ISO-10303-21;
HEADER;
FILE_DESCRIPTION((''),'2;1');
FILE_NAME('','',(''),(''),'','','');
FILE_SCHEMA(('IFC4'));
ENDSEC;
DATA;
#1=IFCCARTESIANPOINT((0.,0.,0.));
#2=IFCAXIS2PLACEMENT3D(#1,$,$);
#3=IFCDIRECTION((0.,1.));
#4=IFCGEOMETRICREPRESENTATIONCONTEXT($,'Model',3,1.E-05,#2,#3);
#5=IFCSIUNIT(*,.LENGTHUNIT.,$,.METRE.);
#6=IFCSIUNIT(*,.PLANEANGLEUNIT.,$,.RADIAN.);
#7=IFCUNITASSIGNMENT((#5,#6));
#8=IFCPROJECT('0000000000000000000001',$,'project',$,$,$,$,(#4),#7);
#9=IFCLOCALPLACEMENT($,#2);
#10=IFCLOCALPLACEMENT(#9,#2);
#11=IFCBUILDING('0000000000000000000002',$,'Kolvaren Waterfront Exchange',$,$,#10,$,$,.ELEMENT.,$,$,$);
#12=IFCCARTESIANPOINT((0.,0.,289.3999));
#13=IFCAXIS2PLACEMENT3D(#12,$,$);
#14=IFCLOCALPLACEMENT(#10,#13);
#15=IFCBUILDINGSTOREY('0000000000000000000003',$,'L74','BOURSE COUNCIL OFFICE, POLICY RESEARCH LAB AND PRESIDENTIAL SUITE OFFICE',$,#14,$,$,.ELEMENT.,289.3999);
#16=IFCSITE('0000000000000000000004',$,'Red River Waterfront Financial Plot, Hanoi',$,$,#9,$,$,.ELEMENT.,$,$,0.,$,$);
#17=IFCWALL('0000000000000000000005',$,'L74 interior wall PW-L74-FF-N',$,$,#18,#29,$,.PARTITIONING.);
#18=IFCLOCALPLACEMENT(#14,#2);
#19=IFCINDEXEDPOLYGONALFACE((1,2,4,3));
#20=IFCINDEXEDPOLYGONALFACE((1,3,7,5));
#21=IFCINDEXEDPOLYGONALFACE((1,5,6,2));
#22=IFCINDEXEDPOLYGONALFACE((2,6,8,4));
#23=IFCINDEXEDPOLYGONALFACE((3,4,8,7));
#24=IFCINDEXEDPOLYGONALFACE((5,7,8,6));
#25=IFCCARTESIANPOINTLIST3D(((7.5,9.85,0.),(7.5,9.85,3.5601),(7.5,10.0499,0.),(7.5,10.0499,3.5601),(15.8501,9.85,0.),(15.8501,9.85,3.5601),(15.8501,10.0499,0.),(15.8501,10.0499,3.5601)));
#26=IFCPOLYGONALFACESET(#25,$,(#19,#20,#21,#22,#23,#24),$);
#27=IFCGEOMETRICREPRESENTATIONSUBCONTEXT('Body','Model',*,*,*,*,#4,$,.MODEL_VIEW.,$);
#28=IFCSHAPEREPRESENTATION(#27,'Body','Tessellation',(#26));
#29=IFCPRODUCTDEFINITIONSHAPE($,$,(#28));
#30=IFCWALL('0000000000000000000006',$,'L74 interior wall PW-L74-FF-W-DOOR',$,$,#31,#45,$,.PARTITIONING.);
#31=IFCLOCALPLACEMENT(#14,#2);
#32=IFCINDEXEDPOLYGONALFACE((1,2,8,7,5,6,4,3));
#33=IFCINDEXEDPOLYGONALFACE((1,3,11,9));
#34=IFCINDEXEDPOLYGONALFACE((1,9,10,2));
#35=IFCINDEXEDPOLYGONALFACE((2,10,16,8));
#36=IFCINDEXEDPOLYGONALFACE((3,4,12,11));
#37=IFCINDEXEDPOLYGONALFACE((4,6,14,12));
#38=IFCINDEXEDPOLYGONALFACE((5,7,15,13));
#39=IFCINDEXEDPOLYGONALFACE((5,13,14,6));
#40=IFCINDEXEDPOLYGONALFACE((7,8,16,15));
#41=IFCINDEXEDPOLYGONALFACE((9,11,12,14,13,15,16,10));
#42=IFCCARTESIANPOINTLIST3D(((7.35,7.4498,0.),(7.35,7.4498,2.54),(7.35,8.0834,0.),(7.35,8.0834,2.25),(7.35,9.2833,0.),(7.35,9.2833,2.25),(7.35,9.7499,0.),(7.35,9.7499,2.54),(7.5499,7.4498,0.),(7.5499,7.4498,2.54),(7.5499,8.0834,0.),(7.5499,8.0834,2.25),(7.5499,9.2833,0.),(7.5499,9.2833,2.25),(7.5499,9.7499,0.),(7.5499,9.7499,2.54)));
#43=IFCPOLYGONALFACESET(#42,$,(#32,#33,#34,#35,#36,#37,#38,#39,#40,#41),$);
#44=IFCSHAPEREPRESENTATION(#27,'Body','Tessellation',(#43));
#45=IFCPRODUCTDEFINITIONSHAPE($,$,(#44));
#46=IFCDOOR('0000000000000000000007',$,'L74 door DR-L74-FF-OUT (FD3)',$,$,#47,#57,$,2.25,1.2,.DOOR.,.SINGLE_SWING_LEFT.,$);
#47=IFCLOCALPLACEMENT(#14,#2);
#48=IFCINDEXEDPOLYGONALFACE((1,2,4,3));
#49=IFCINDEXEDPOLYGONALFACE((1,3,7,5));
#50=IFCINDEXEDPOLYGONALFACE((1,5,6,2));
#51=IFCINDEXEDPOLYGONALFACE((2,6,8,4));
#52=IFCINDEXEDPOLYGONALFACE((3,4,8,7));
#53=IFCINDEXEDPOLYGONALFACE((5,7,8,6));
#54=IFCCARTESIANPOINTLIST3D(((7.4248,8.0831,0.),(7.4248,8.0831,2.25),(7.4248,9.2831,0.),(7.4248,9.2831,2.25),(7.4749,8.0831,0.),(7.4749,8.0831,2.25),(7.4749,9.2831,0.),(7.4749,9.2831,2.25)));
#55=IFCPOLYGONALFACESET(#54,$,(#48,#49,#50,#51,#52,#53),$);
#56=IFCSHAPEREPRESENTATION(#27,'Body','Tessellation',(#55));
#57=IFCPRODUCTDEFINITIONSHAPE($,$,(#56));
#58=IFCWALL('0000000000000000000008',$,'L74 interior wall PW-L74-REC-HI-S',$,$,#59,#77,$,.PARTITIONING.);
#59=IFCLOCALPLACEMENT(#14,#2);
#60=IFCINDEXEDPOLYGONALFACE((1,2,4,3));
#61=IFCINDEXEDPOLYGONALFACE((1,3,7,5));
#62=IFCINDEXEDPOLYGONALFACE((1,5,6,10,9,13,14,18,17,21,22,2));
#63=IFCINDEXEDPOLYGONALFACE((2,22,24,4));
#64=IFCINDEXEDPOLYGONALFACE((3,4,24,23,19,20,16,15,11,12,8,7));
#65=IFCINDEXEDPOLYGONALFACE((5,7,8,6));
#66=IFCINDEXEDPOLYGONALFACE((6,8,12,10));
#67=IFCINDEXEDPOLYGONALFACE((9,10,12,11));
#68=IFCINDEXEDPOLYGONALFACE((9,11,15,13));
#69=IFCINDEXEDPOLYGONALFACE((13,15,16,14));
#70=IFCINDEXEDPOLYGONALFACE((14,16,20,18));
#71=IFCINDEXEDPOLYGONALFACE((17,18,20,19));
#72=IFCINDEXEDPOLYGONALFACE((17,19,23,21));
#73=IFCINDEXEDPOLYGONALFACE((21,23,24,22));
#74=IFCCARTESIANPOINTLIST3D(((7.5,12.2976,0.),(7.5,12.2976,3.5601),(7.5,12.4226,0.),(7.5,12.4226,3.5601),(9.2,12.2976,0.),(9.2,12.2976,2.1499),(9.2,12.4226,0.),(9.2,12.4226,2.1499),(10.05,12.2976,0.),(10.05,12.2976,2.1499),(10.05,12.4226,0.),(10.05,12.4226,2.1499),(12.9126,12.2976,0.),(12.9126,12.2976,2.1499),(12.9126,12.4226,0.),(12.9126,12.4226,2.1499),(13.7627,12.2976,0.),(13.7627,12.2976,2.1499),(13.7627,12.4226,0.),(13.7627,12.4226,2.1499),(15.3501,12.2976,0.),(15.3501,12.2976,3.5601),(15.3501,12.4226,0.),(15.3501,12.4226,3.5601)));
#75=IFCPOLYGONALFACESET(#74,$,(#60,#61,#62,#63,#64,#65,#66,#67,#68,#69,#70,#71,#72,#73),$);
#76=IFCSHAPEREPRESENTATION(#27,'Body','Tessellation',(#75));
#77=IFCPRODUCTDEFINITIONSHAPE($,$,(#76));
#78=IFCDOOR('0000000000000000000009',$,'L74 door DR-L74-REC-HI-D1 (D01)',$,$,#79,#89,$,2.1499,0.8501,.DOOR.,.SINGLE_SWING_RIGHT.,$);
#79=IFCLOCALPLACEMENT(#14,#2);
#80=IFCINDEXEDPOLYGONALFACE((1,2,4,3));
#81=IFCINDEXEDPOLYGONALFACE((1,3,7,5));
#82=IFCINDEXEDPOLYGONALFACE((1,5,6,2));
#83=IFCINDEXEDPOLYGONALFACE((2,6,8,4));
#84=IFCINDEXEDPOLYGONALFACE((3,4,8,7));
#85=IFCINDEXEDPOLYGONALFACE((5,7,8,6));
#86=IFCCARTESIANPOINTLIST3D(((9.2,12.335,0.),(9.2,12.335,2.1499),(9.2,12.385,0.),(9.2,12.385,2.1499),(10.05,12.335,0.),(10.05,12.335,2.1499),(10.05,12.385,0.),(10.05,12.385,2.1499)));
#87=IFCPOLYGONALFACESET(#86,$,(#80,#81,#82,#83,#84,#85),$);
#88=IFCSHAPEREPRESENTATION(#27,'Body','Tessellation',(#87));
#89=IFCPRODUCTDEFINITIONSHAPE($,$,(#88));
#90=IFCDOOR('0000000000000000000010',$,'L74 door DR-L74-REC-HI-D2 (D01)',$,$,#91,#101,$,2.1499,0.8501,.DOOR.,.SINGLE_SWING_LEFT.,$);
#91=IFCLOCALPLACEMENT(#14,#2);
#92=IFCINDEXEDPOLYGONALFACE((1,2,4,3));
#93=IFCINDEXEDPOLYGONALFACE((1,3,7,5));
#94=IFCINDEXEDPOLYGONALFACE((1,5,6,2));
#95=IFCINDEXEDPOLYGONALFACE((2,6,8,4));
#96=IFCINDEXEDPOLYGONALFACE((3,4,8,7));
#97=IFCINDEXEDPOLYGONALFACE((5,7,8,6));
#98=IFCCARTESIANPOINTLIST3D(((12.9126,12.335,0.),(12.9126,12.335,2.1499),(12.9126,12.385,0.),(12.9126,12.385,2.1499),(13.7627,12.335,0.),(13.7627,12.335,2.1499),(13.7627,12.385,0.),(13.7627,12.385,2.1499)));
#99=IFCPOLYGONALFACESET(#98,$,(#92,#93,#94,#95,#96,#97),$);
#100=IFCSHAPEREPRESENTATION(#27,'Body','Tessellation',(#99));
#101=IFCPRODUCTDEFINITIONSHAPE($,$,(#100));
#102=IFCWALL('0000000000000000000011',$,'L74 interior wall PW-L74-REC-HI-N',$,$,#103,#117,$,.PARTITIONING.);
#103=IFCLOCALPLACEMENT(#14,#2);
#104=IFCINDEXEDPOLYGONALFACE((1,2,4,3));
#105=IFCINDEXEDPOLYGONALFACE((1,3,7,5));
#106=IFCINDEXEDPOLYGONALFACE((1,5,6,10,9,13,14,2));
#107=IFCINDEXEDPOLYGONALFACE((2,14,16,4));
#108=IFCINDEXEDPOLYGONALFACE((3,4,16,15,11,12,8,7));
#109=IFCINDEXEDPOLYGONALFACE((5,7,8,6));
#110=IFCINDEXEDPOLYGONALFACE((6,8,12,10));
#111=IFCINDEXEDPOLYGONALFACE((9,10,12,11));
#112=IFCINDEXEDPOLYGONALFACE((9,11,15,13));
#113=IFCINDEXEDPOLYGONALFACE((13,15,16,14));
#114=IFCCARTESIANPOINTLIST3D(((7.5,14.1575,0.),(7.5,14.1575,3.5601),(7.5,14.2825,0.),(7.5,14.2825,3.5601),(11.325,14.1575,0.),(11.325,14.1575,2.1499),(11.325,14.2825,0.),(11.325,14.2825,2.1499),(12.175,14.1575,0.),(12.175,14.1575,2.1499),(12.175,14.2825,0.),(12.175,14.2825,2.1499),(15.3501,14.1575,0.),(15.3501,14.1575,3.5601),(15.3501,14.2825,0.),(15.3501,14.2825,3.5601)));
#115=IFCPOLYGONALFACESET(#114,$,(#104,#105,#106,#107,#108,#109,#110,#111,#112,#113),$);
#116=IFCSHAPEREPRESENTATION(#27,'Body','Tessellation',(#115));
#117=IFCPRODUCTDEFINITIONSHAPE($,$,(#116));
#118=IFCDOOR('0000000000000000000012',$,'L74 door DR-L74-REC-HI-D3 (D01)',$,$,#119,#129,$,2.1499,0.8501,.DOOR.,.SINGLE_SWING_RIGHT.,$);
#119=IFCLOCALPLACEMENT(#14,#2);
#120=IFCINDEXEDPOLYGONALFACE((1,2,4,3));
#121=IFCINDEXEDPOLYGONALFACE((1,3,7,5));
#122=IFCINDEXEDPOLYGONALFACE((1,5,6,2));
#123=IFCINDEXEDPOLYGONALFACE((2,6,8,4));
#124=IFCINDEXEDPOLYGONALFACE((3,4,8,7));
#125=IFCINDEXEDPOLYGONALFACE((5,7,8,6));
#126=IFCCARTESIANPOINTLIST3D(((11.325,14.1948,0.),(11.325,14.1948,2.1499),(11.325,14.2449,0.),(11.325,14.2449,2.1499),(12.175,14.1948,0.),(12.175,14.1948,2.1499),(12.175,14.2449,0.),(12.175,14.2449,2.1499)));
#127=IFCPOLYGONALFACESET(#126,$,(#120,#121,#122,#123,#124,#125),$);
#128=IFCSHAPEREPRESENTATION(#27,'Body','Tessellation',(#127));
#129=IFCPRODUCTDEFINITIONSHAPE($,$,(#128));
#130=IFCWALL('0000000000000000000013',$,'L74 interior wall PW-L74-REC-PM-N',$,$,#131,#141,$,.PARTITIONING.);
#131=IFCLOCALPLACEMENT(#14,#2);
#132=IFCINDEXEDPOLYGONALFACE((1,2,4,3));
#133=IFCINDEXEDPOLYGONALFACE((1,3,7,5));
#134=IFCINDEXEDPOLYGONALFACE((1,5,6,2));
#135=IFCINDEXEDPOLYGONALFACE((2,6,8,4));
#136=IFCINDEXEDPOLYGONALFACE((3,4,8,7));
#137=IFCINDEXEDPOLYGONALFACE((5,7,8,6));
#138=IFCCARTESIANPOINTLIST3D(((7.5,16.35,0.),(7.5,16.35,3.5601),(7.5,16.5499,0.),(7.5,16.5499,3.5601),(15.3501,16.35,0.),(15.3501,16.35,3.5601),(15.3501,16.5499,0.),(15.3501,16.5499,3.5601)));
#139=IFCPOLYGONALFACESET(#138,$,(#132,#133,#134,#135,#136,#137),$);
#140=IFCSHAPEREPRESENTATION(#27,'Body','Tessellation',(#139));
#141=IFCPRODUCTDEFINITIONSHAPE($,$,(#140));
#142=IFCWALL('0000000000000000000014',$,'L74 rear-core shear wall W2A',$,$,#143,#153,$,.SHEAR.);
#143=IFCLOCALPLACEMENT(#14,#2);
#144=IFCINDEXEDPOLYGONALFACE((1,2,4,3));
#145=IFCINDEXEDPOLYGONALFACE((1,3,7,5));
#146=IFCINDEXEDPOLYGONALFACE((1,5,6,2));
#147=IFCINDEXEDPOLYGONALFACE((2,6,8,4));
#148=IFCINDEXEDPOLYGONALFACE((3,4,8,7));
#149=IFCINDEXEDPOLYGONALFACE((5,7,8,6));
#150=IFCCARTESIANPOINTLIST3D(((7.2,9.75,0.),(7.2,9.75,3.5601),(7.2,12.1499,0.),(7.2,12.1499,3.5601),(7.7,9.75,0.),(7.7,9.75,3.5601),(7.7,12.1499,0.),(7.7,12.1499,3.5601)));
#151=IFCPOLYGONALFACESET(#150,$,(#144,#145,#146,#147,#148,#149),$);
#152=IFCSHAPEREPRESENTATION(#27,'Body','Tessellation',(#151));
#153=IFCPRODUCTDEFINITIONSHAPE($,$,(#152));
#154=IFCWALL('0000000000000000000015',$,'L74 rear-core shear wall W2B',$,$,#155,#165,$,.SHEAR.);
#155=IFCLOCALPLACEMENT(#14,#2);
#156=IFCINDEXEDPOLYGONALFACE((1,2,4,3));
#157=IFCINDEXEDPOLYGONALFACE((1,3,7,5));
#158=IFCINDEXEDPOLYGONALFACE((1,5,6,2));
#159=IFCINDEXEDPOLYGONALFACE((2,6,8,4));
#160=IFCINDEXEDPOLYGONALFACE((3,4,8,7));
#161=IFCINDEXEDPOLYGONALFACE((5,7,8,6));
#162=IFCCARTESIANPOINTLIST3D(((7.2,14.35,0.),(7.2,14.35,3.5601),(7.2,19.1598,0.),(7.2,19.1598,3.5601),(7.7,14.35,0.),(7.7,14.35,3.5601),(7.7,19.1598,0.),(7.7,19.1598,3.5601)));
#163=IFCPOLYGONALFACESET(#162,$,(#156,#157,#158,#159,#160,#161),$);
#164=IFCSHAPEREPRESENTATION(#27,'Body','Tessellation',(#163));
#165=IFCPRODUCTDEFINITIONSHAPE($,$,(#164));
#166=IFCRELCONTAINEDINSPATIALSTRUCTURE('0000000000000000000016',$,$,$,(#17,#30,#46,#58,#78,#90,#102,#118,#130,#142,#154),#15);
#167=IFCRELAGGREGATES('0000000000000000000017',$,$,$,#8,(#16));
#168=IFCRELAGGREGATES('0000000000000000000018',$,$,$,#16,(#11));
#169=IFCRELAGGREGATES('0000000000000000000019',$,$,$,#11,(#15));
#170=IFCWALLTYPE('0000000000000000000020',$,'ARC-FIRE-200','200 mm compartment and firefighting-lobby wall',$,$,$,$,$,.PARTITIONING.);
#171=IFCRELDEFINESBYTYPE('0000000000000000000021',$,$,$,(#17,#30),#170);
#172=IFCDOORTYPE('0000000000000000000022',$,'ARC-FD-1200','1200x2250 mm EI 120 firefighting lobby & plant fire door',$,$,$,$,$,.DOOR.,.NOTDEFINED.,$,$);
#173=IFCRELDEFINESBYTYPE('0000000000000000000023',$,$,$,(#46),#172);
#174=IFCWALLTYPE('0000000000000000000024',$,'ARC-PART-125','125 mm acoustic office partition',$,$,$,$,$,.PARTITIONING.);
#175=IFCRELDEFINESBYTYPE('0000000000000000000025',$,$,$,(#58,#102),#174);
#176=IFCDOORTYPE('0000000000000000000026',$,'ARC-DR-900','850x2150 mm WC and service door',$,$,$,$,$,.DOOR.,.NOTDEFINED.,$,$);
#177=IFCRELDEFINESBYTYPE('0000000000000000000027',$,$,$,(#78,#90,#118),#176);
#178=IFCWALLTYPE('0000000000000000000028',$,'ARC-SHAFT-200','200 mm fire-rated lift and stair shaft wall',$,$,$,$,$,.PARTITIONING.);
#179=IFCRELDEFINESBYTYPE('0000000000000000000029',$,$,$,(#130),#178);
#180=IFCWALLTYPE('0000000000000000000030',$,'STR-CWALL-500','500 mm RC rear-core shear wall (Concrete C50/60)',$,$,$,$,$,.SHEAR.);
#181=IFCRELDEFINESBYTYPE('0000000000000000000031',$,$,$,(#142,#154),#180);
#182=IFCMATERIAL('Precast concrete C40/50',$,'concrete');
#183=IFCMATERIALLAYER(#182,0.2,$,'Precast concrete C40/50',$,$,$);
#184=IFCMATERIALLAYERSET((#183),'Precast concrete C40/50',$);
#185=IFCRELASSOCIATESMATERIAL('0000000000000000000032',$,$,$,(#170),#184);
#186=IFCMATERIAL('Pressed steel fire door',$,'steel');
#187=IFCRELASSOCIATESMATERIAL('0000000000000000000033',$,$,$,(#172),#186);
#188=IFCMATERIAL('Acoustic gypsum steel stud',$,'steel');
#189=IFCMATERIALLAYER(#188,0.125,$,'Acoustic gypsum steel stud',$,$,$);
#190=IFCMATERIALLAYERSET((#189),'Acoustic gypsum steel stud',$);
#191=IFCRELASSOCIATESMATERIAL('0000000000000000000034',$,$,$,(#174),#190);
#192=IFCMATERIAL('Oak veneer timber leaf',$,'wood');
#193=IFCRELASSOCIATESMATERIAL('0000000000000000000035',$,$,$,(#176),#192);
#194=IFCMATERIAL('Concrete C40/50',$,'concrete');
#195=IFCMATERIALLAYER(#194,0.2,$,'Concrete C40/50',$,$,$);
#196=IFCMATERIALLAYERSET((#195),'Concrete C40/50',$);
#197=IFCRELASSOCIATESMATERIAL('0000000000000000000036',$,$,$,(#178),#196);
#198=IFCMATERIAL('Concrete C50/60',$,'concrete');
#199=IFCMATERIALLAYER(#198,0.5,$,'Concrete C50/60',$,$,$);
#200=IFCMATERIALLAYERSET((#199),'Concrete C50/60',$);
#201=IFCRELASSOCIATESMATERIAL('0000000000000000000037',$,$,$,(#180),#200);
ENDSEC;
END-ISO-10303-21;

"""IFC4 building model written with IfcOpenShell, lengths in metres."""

from ifc_helpers import new_model, si_unit, direction, frame, frame_2d, origin, place, context, subcontext, project, spatial, rectangle, extrude, material, layer, layer_set, type_object, element, fill, save


model = new_model("IFC4")

# Units and contexts
model_context = context("Model", 3, precision=1e-05, world=origin(), true_north=direction((0.0, 1.0)))
body_context = subcontext(model_context, "Body", "Model", "MODEL_VIEW")
ifc_project = project(units=[si_unit("LENGTHUNIT", "METRE"), si_unit("PLANEANGLEUNIT", "RADIAN")], contexts=[model_context])

# Site, building, storey
site_placement = place(None, origin())
site = spatial("IfcSite", under=ifc_project, at=site_placement, Name="Red River Waterfront Financial Plot, Hanoi", CompositionType="ELEMENT", RefElevation=0.0)
building_placement = place(site_placement, origin())
building = spatial("IfcBuilding", under=site, at=building_placement, Name="Kolvaren Waterfront Exchange", CompositionType="ELEMENT")
storey_placement = place(building_placement, frame((0.0, 0.0, 289.3999)))
storey = spatial("IfcBuildingStorey", under=building, at=storey_placement, Name="L74", Description="BOURSE COUNCIL OFFICE, POLICY RESEARCH LAB AND PRESIDENTIAL SUITE OFFICE", CompositionType="ELEMENT", Elevation=289.3999)

# Wall
ifc_material_1 = material(Name="Precast concrete C40/50", Category="concrete")
ifc_layer_1 = layer(ifc_material_1, 0.2, Name="Precast concrete C40/50")
ifc_layer_set_1 = layer_set([ifc_layer_1], Name="Precast concrete C40/50")
wall_type_1 = type_object("IfcWallType", Name="ARC-FIRE-200", Description="200 mm compartment and firefighting-lobby wall", PredefinedType="PARTITIONING", material=ifc_layer_set_1)
wall_1_placement = place(storey_placement, frame((7.5, 9.95, 0.0), z_axis=(0.0, 0.0, 1.0), x_axis=(1.0, 0.0, 0.0)))
element("IfcWall", 1, at=wall_1_placement, inside=storey, type_object=wall_type_1, Name="L74 interior wall PW-L74-FF-N", PredefinedType="PARTITIONING", context=body_context, shape_type="SweptSolid", body=[
    extrude(rectangle(XDim=8.3501, YDim=0.2, at=frame_2d((4.175, 0.0))), origin(), (0.0, 0.0, 1.0), 3.5601),
])

# Wall, opening, door
wall_2_placement = place(storey_placement, frame((7.45, 7.45, 0.0), z_axis=(0.0, 0.0, 1.0), x_axis=(0.0, 1.0, 0.0)))
wall_2 = element("IfcWall", 2, at=wall_2_placement, inside=storey, type_object=wall_type_1, Name="L74 interior wall PW-L74-FF-W-DOOR", PredefinedType="PARTITIONING", context=body_context, shape_type="SweptSolid", body=[
    extrude(rectangle(XDim=2.3, YDim=0.2, at=frame_2d((1.1499, 0.0))), origin(), (0.0, 0.0, 1.0), 2.54),
])
opening_1_placement = place(wall_2_placement, frame((0.6333, 0.0, 0.0)))
opening_1 = element("IfcOpeningElement", 3, at=opening_1_placement, cuts=wall_2, PredefinedType="OPENING", context=body_context, shape_type="SweptSolid", body=[
    extrude(rectangle(XDim=1.2, YDim=2.25, at=frame_2d((0.6001, 1.125))), frame((0.0, 0.1099, 0.0), z_axis=(0.0, -1.0, 0.0), x_axis=(1.0, 0.0, 0.0)), (0.0, 0.0, 1.0), 0.22),
])
ifc_material_2 = material(Name="Pressed steel fire door", Category="steel")
door_type_1 = type_object("IfcDoorType", Name="ARC-FD-1200", Description="1200x2250 mm EI 120 firefighting lobby & plant fire door", OperationType="NOTDEFINED", PredefinedType="DOOR", material=ifc_material_2)
door_1_placement = place(opening_1_placement, frame((1.2, 0.0, 0.0), z_axis=(0.0, 0.0, 1.0), x_axis=(-1.0, 0.0, 0.0)))
door_1 = element("IfcDoor", 4, at=door_1_placement, inside=storey, type_object=door_type_1, Name="L74 door DR-L74-FF-OUT (FD3)", OperationType="SINGLE_SWING_LEFT", OverallHeight=2.25, OverallWidth=1.2, PredefinedType="DOOR", context=body_context, shape_type="SweptSolid", body=[
    extrude(rectangle(XDim=1.2, YDim=2.25, at=frame_2d((0.6001, 1.125))), frame((0.0, 0.0249, 0.0), z_axis=(0.0, -1.0, 0.0), x_axis=(1.0, 0.0, 0.0)), (0.0, 0.0, 1.0), 0.05),
])
fill(opening_1, door_1)

# Wall, openings, doors
ifc_material_3 = material(Name="Acoustic gypsum steel stud", Category="steel")
ifc_layer_2 = layer(ifc_material_3, 0.125, Name="Acoustic gypsum steel stud")
ifc_layer_set_2 = layer_set([ifc_layer_2], Name="Acoustic gypsum steel stud")
wall_type_2 = type_object("IfcWallType", Name="ARC-PART-125", Description="125 mm acoustic office partition", PredefinedType="PARTITIONING", material=ifc_layer_set_2)
wall_3_placement = place(storey_placement, frame((7.5, 12.3601, 0.0), z_axis=(0.0, 0.0, 1.0), x_axis=(1.0, 0.0, 0.0)))
wall_3 = element("IfcWall", 5, at=wall_3_placement, inside=storey, type_object=wall_type_2, Name="L74 interior wall PW-L74-REC-HI-S", PredefinedType="PARTITIONING", context=body_context, shape_type="SweptSolid", body=[
    extrude(rectangle(XDim=7.8501, YDim=0.125, at=frame_2d((3.925, 0.0))), origin(), (0.0, 0.0, 1.0), 3.5601),
])
opening_2_placement = place(wall_3_placement, frame((1.7, 0.0, 0.0)))
opening_2 = element("IfcOpeningElement", 6, at=opening_2_placement, cuts=wall_3, PredefinedType="OPENING", context=body_context, shape_type="SweptSolid", body=[
    extrude(rectangle(XDim=0.8501, YDim=2.1499, at=frame_2d((0.425, 1.075))), frame((0.0, 0.0725, 0.0), z_axis=(0.0, -1.0, 0.0), x_axis=(1.0, 0.0, 0.0)), (0.0, 0.0, 1.0), 0.145),
])
opening_3_placement = place(wall_3_placement, frame((5.4126, 0.0, 0.0)))
opening_3 = element("IfcOpeningElement", 7, at=opening_3_placement, cuts=wall_3, PredefinedType="OPENING", context=body_context, shape_type="SweptSolid", body=[
    extrude(rectangle(XDim=0.8501, YDim=2.1499, at=frame_2d((0.425, 1.075))), frame((0.0, 0.0725, 0.0), z_axis=(0.0, -1.0, 0.0), x_axis=(1.0, 0.0, 0.0)), (0.0, 0.0, 1.0), 0.145),
])
ifc_material_4 = material(Name="Oak veneer timber leaf", Category="wood")
door_type_2 = type_object("IfcDoorType", Name="ARC-DR-900", Description="850x2150 mm WC and service door", OperationType="NOTDEFINED", PredefinedType="DOOR", material=ifc_material_4)
door_2_placement = place(opening_2_placement, origin())
door_2 = element("IfcDoor", 8, at=door_2_placement, inside=storey, type_object=door_type_2, Name="L74 door DR-L74-REC-HI-D1 (D01)", OperationType="SINGLE_SWING_RIGHT", OverallHeight=2.1499, OverallWidth=0.8501, PredefinedType="DOOR", context=body_context, shape_type="SweptSolid", body=[
    extrude(rectangle(XDim=0.8501, YDim=2.1499, at=frame_2d((0.425, 1.075))), frame((0.0, 0.0249, 0.0), z_axis=(0.0, -1.0, 0.0), x_axis=(1.0, 0.0, 0.0)), (0.0, 0.0, 1.0), 0.05),
])
fill(opening_2, door_2)
door_3_placement = place(opening_3_placement, origin())
door_3 = element("IfcDoor", 9, at=door_3_placement, inside=storey, type_object=door_type_2, Name="L74 door DR-L74-REC-HI-D2 (D01)", OperationType="SINGLE_SWING_LEFT", OverallHeight=2.1499, OverallWidth=0.8501, PredefinedType="DOOR", context=body_context, shape_type="SweptSolid", body=[
    extrude(rectangle(XDim=0.8501, YDim=2.1499, at=frame_2d((0.425, 1.075))), frame((0.0, 0.0249, 0.0), z_axis=(0.0, -1.0, 0.0), x_axis=(1.0, 0.0, 0.0)), (0.0, 0.0, 1.0), 0.05),
])
fill(opening_3, door_3)

# Wall, opening, door
wall_4_placement = place(storey_placement, frame((7.5, 14.22, 0.0), z_axis=(0.0, 0.0, 1.0), x_axis=(1.0, 0.0, 0.0)))
wall_4 = element("IfcWall", 10, at=wall_4_placement, inside=storey, type_object=wall_type_2, Name="L74 interior wall PW-L74-REC-HI-N", PredefinedType="PARTITIONING", context=body_context, shape_type="SweptSolid", body=[
    extrude(rectangle(XDim=7.8501, YDim=0.125, at=frame_2d((3.925, 0.0))), origin(), (0.0, 0.0, 1.0), 3.5601),
])
opening_4_placement = place(wall_4_placement, frame((3.825, 0.0, 0.0)))
opening_4 = element("IfcOpeningElement", 11, at=opening_4_placement, cuts=wall_4, PredefinedType="OPENING", context=body_context, shape_type="SweptSolid", body=[
    extrude(rectangle(XDim=0.8501, YDim=2.1499, at=frame_2d((0.425, 1.075))), frame((0.0, 0.0725, 0.0), z_axis=(0.0, -1.0, 0.0), x_axis=(1.0, 0.0, 0.0)), (0.0, 0.0, 1.0), 0.145),
])
door_4_placement = place(opening_4_placement, origin())
door_4 = element("IfcDoor", 12, at=door_4_placement, inside=storey, type_object=door_type_2, Name="L74 door DR-L74-REC-HI-D3 (D01)", OperationType="SINGLE_SWING_RIGHT", OverallHeight=2.1499, OverallWidth=0.8501, PredefinedType="DOOR", context=body_context, shape_type="SweptSolid", body=[
    extrude(rectangle(XDim=0.8501, YDim=2.1499, at=frame_2d((0.425, 1.075))), frame((0.0, 0.0249, 0.0), z_axis=(0.0, -1.0, 0.0), x_axis=(1.0, 0.0, 0.0)), (0.0, 0.0, 1.0), 0.05),
])
fill(opening_4, door_4)

# Walls
ifc_material_5 = material(Name="Concrete C40/50", Category="concrete")
ifc_layer_3 = layer(ifc_material_5, 0.2, Name="Concrete C40/50")
ifc_layer_set_3 = layer_set([ifc_layer_3], Name="Concrete C40/50")
wall_type_3 = type_object("IfcWallType", Name="ARC-SHAFT-200", Description="200 mm fire-rated lift and stair shaft wall", PredefinedType="PARTITIONING", material=ifc_layer_set_3)
wall_5_placement = place(storey_placement, frame((7.5, 16.45, 0.0), z_axis=(0.0, 0.0, 1.0), x_axis=(1.0, 0.0, 0.0)))
element("IfcWall", 13, at=wall_5_placement, inside=storey, type_object=wall_type_3, Name="L74 interior wall PW-L74-REC-PM-N", PredefinedType="PARTITIONING", context=body_context, shape_type="SweptSolid", body=[
    extrude(rectangle(XDim=7.8501, YDim=0.2, at=frame_2d((3.925, 0.0))), origin(), (0.0, 0.0, 1.0), 3.5601),
])
ifc_material_6 = material(Name="Concrete C50/60", Category="concrete")
ifc_layer_4 = layer(ifc_material_6, 0.5, Name="Concrete C50/60")
ifc_layer_set_4 = layer_set([ifc_layer_4], Name="Concrete C50/60")
wall_type_4 = type_object("IfcWallType", Name="STR-CWALL-500", Description="500 mm RC rear-core shear wall (Concrete C50/60)", PredefinedType="SHEAR", material=ifc_layer_set_4)
wall_6_placement = place(storey_placement, frame((7.45, 9.75, 0.0), z_axis=(0.0, 0.0, 1.0), x_axis=(0.0, 1.0, 0.0)))
element("IfcWall", 14, at=wall_6_placement, inside=storey, type_object=wall_type_4, Name="L74 rear-core shear wall W2A", PredefinedType="SHEAR", context=body_context, shape_type="SweptSolid", body=[
    extrude(rectangle(XDim=2.3999, YDim=0.5, at=frame_2d((1.2, 0.0))), origin(), (0.0, 0.0, 1.0), 3.5601),
])
wall_7_placement = place(storey_placement, frame((7.45, 14.3501, 0.0), z_axis=(0.0, 0.0, 1.0), x_axis=(0.0, 1.0, 0.0)))
element("IfcWall", 15, at=wall_7_placement, inside=storey, type_object=wall_type_4, Name="L74 rear-core shear wall W2B", PredefinedType="SHEAR", context=body_context, shape_type="SweptSolid", body=[
    extrude(rectangle(XDim=4.8098, YDim=0.5, at=frame_2d((2.4048, 0.0))), origin(), (0.0, 0.0, 1.0), 3.5601),
])

save(model, "model.ifc")
